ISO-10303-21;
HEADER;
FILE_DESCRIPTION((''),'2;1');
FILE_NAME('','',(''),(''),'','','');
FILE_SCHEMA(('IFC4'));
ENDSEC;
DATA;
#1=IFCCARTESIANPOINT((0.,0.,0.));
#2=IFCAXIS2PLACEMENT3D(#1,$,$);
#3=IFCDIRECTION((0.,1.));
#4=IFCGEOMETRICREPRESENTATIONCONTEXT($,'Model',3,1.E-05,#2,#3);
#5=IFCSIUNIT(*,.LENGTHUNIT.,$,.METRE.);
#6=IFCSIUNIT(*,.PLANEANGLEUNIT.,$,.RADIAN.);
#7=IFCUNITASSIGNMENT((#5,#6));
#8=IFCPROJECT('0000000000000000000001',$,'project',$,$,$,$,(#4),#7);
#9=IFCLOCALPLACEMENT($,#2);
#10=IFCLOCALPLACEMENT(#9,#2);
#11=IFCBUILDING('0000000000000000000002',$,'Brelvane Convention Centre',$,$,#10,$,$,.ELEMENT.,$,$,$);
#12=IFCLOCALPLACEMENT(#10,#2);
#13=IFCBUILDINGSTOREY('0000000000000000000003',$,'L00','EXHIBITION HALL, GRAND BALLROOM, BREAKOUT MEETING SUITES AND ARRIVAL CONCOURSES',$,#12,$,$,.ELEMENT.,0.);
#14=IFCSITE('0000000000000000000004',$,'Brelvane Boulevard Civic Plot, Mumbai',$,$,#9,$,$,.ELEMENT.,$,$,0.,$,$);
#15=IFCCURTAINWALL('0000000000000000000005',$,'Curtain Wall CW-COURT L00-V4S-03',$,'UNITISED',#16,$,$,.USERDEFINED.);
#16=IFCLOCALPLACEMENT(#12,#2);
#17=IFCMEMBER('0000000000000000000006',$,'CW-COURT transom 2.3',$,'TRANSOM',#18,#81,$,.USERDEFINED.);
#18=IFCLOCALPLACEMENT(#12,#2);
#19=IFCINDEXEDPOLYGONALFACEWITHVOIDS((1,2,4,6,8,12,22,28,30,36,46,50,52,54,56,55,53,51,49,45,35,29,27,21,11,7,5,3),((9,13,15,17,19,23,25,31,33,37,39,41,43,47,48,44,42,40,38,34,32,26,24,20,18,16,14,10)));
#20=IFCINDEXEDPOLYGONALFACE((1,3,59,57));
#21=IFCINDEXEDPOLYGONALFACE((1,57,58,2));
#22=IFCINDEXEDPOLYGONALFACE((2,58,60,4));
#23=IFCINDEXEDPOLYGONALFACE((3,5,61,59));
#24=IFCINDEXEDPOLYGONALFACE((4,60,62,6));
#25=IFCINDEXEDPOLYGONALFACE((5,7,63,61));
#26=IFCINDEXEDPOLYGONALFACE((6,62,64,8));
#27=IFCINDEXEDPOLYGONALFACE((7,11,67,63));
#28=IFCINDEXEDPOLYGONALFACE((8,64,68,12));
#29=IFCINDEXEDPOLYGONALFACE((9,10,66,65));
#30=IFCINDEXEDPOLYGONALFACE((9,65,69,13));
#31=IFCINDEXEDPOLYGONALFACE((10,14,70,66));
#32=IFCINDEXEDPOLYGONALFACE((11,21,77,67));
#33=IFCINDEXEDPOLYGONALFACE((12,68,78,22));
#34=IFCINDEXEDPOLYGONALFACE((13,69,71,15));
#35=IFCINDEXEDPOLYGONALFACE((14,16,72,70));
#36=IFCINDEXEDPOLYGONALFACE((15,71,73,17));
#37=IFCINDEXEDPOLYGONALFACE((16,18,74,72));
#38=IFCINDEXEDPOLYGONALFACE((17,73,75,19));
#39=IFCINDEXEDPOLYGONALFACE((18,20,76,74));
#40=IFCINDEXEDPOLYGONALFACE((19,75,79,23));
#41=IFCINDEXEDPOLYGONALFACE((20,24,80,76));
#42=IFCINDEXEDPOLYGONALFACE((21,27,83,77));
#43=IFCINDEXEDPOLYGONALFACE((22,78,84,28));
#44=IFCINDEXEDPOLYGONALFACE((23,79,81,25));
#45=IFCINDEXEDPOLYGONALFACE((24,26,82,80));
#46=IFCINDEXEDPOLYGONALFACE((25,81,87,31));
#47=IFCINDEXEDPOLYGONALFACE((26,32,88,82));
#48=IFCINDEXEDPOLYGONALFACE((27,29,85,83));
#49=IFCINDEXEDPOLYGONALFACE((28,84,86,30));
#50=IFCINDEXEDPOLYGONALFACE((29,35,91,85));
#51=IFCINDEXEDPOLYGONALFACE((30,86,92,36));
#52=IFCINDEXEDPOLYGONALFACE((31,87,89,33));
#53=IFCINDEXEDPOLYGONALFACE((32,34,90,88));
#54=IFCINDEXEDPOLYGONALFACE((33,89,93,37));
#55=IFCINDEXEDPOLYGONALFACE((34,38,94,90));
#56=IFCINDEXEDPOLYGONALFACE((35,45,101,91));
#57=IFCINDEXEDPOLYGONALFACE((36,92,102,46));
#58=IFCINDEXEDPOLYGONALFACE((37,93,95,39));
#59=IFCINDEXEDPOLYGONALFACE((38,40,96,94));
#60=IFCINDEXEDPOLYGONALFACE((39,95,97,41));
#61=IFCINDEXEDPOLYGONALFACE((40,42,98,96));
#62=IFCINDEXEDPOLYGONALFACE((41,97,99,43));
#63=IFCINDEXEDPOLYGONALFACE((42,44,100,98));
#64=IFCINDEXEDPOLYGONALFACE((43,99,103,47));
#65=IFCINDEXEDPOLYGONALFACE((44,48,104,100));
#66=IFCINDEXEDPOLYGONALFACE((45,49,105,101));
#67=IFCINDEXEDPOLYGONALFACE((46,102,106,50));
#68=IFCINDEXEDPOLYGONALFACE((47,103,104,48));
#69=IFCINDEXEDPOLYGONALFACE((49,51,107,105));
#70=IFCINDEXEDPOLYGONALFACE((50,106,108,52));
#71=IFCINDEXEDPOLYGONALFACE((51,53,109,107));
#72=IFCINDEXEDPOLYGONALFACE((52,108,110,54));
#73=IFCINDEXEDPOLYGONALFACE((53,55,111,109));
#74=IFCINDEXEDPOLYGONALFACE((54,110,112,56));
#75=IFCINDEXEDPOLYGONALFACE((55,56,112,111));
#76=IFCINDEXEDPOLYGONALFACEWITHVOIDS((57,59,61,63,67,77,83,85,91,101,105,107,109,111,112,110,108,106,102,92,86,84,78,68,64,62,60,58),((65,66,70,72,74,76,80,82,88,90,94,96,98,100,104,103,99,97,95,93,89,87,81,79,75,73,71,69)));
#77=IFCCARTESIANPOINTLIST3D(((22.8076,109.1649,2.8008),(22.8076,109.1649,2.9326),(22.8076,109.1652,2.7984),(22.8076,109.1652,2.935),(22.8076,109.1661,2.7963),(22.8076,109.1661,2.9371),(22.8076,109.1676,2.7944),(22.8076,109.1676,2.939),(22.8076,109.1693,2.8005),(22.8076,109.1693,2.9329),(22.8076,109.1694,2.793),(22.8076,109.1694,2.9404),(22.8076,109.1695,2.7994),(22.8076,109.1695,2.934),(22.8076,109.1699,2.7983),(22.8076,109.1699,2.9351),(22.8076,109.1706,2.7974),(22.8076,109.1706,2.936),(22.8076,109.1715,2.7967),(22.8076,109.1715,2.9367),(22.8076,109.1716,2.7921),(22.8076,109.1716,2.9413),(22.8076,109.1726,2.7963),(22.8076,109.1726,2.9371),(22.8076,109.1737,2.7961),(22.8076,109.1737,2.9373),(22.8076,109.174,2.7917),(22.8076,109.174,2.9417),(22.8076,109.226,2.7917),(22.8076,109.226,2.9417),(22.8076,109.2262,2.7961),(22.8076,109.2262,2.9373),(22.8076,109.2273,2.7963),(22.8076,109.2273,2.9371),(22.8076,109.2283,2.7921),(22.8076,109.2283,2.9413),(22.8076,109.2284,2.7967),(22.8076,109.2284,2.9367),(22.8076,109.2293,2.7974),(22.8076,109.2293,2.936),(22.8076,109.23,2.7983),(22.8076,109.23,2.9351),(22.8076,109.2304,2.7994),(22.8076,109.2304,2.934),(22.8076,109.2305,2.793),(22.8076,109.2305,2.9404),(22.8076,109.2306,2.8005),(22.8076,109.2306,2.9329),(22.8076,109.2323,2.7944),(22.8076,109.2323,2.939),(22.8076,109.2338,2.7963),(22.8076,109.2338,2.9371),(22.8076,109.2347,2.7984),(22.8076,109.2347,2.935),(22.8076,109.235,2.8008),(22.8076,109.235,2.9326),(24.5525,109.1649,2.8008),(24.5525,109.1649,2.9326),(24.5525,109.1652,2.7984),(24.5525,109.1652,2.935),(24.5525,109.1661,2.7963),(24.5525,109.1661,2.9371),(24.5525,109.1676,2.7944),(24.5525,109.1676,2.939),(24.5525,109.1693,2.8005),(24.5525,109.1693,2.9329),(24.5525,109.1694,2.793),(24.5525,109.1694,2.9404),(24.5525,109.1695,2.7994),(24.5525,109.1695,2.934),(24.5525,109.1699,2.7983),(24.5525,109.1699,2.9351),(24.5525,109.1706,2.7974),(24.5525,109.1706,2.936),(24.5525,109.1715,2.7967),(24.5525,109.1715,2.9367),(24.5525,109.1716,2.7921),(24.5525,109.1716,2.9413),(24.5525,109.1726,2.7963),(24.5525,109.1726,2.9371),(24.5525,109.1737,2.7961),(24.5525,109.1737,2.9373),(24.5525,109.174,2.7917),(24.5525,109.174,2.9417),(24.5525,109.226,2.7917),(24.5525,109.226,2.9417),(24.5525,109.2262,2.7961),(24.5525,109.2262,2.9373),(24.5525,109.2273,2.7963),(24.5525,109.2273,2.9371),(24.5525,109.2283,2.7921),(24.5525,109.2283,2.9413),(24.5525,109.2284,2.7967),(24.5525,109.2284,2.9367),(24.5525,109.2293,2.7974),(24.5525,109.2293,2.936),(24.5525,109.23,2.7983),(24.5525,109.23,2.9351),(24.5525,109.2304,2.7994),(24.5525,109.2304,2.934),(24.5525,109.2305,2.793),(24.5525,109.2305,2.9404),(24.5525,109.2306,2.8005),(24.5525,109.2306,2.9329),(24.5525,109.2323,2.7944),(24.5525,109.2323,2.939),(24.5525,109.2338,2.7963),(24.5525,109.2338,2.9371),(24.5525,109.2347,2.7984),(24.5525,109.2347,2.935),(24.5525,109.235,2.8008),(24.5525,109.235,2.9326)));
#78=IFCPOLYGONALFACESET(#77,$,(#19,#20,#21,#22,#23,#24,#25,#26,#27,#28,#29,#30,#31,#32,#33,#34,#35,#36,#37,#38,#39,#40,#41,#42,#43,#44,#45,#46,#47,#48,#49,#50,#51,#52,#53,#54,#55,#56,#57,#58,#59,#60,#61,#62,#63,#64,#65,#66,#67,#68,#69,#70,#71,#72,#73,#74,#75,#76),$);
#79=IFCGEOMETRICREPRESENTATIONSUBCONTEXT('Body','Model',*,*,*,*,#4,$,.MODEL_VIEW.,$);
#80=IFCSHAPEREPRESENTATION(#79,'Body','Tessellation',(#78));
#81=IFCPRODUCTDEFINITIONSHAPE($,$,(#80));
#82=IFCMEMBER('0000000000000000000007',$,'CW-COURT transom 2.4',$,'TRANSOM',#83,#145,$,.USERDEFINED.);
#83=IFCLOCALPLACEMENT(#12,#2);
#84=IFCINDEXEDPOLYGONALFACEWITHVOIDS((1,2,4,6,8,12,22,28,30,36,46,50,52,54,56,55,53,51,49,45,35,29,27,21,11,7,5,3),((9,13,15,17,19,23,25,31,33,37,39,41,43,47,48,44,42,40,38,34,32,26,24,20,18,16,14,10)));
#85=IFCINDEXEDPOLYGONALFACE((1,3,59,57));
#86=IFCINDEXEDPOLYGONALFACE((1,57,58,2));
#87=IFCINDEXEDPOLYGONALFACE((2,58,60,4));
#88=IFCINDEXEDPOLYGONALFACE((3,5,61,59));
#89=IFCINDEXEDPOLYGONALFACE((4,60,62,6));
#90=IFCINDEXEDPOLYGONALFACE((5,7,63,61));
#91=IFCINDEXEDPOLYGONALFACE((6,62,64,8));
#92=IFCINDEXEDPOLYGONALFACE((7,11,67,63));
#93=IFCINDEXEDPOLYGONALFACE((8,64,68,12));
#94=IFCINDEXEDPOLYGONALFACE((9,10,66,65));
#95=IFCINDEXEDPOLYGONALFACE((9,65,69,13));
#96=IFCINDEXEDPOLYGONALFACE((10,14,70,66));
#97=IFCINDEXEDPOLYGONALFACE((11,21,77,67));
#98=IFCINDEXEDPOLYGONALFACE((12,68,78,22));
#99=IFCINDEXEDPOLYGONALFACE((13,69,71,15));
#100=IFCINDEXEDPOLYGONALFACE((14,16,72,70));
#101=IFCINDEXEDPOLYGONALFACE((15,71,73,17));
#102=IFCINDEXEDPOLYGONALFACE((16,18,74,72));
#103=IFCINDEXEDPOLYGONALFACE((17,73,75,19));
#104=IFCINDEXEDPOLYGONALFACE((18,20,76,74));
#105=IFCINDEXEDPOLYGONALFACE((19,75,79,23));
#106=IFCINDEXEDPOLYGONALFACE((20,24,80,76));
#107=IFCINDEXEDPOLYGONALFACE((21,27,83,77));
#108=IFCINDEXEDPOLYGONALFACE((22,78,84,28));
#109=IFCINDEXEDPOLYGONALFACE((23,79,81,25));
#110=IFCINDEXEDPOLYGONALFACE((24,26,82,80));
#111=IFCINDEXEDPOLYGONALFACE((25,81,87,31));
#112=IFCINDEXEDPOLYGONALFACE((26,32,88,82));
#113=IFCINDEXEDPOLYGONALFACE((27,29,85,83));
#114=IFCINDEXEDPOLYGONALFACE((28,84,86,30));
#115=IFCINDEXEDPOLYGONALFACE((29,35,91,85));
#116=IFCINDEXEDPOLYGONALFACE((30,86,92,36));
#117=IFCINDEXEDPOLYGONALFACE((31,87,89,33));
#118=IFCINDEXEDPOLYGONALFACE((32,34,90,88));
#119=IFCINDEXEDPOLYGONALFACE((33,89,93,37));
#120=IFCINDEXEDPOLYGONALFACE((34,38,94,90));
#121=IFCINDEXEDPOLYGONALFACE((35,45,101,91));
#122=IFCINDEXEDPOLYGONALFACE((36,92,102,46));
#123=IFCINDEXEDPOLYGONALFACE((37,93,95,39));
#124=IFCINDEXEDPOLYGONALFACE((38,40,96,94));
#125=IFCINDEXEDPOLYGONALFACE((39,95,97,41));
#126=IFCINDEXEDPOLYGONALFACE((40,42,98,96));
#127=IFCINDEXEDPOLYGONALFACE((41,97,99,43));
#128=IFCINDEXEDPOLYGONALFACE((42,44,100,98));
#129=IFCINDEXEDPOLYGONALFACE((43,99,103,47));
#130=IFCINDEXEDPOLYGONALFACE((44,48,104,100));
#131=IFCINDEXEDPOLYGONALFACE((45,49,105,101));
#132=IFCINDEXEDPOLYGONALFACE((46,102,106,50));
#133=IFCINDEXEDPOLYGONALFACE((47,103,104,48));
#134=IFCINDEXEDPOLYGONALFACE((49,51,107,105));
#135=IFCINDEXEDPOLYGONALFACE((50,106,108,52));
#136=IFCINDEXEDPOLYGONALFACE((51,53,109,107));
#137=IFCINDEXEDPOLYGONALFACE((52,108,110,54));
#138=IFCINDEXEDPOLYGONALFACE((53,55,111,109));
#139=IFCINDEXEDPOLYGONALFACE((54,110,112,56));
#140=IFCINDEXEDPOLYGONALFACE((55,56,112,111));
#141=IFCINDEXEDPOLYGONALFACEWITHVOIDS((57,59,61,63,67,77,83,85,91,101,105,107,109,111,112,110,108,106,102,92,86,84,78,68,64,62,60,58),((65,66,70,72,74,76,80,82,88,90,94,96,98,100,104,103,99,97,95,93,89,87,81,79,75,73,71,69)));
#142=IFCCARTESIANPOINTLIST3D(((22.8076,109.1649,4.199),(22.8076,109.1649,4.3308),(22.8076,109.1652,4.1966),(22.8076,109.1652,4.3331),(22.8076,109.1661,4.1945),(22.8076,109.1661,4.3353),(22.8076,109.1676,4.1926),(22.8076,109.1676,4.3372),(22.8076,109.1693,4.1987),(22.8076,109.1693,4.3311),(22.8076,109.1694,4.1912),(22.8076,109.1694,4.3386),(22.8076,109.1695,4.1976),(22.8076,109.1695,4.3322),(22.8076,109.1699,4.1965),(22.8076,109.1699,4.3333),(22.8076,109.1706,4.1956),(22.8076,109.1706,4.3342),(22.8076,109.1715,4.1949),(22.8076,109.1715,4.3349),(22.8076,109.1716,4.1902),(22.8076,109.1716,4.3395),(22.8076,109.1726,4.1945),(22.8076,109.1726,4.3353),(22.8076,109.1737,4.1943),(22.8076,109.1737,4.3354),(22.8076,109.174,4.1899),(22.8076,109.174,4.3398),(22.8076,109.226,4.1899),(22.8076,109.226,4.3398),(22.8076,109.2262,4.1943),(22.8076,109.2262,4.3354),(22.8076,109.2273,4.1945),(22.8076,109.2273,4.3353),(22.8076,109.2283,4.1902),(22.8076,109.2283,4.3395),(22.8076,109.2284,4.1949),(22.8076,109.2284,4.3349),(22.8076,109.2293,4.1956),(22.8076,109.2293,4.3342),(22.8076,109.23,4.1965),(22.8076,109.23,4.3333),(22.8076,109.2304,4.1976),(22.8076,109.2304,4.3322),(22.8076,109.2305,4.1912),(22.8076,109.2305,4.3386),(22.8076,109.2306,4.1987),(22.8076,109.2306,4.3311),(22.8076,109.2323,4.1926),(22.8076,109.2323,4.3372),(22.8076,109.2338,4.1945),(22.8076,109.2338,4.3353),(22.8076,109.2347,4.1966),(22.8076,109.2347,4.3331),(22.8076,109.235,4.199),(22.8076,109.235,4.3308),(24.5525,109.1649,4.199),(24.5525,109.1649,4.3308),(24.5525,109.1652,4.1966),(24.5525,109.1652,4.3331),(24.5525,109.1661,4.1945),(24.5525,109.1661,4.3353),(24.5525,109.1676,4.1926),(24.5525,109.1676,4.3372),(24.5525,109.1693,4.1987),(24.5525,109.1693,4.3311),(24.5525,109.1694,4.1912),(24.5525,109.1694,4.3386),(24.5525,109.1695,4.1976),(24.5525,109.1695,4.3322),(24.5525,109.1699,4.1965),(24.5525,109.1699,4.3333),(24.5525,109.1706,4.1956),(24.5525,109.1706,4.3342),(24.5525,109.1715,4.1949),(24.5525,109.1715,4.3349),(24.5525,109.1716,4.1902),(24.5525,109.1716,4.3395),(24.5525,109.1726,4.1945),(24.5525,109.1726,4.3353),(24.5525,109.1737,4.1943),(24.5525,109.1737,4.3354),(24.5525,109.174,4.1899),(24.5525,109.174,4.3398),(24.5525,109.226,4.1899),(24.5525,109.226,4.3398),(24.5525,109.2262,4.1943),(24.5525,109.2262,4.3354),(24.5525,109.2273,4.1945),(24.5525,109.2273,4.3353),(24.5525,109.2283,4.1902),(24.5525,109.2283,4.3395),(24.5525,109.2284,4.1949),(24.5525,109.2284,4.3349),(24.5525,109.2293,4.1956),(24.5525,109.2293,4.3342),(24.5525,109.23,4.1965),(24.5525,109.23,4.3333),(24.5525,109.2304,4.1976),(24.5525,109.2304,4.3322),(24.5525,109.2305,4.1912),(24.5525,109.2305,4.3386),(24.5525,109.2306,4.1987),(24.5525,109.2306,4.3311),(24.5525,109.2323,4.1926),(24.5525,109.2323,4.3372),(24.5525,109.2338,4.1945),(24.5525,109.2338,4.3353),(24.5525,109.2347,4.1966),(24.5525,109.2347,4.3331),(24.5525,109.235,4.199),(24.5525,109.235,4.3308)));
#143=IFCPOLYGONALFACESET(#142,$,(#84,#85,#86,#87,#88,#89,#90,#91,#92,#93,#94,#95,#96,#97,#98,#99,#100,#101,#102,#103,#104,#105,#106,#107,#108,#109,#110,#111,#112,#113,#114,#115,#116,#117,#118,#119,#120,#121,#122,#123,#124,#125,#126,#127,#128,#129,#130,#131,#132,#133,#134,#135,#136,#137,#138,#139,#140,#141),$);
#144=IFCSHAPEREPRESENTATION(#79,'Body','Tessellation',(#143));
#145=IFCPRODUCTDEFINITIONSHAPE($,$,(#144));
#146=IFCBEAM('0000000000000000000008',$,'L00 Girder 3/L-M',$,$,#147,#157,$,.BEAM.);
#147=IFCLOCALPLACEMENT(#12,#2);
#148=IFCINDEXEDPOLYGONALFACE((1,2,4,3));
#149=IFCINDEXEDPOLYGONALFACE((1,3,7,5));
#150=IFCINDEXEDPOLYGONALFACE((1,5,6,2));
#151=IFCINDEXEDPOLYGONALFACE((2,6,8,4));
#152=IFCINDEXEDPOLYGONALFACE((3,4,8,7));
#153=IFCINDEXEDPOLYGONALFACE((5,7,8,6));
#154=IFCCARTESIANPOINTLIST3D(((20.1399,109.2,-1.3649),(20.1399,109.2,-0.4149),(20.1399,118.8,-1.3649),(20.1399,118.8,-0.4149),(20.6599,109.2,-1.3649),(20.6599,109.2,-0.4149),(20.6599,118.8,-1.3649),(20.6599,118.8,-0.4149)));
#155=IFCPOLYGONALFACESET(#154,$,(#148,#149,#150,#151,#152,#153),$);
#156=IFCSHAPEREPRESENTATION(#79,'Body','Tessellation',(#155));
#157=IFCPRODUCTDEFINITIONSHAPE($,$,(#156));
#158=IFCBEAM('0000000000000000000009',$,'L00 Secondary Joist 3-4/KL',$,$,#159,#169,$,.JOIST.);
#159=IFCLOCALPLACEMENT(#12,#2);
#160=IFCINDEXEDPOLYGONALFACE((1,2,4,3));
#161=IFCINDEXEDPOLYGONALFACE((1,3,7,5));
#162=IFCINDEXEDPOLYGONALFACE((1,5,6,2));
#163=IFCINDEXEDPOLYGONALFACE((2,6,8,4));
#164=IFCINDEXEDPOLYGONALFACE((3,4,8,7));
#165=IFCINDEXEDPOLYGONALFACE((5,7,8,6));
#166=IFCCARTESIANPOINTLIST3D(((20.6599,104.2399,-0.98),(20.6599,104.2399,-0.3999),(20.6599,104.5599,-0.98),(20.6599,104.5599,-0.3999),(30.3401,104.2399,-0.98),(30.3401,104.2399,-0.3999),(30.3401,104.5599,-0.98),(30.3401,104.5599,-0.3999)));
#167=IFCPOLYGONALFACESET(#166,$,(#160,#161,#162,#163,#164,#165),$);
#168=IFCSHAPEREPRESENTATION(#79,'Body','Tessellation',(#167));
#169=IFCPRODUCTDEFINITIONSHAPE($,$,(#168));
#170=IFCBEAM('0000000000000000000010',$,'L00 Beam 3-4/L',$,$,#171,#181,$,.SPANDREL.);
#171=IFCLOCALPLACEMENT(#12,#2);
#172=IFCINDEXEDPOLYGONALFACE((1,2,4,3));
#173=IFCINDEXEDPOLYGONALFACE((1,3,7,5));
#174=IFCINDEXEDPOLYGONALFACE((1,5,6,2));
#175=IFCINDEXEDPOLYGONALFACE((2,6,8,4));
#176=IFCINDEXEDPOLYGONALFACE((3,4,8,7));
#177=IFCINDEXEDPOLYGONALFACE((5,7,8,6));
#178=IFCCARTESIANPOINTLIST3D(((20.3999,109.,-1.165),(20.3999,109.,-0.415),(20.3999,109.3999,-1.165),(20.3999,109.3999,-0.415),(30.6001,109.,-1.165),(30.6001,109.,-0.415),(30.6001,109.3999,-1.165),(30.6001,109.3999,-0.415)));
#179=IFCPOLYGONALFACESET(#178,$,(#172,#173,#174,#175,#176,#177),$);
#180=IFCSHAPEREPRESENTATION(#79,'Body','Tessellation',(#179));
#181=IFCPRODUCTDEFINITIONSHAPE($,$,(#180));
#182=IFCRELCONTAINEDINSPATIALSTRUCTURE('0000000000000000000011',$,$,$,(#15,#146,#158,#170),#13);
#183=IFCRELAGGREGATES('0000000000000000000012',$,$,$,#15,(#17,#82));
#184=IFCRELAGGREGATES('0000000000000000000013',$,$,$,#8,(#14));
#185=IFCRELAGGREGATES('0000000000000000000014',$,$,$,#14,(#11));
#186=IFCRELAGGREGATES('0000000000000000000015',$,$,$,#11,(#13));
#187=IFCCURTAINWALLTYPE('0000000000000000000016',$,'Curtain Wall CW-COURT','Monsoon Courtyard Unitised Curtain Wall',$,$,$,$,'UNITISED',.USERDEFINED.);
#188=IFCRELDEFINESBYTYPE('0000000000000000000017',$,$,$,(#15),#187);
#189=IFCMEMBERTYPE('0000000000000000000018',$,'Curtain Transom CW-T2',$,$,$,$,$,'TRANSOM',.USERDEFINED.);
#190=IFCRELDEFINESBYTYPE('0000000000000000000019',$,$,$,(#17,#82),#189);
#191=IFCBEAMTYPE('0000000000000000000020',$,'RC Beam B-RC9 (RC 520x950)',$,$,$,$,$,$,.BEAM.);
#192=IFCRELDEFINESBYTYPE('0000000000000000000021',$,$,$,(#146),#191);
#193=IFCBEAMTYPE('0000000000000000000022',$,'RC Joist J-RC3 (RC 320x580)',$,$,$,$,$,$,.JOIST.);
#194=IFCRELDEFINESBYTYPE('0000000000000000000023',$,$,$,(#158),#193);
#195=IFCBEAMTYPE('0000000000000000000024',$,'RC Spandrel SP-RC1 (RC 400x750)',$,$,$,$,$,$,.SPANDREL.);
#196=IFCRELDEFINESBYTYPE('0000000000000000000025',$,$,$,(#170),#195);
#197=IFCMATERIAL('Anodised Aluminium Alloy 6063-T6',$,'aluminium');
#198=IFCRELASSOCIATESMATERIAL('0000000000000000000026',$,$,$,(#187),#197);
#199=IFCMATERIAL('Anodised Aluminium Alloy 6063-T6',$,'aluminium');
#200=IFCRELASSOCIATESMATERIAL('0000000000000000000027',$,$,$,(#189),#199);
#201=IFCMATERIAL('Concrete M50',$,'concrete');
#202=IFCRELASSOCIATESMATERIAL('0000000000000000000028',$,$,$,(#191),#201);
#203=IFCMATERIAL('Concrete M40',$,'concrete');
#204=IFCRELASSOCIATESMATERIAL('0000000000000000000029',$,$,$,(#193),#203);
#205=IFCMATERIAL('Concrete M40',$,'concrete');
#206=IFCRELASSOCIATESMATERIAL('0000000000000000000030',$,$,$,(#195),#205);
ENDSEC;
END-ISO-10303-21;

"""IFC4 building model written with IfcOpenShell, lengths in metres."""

from ifc_helpers import new_model, si_unit, direction, frame, origin, origin_2d, place, context, subcontext, project, spatial, rectangle, hollow_rectangle, extrude, material, material_profile, profile_set, type_object, element, aggregate, save


model = new_model("IFC4")

# Units and contexts
model_context = context("Model", 3, precision=1e-05, world=origin(), true_north=direction((0.0, 1.0)))
body_context = subcontext(model_context, "Body", "Model", "MODEL_VIEW")
ifc_project = project(units=[si_unit("LENGTHUNIT", "METRE"), si_unit("PLANEANGLEUNIT", "RADIAN")], contexts=[model_context])

# Site, building, storey
site_placement = place(None, origin())
site = spatial("IfcSite", under=ifc_project, at=site_placement, Name="Brelvane Boulevard Civic Plot, Mumbai", CompositionType="ELEMENT", RefElevation=0.0)
building_placement = place(site_placement, origin())
building = spatial("IfcBuilding", under=site, at=building_placement, Name="Brelvane Convention Centre", CompositionType="ELEMENT")
storey_placement = place(building_placement, origin())
storey = spatial("IfcBuildingStorey", under=building, at=storey_placement, Name="L00", Description="EXHIBITION HALL, GRAND BALLROOM, BREAKOUT MEETING SUITES AND ARRIVAL CONCOURSES", CompositionType="ELEMENT", Elevation=0.0)

# Curtain wall, members
ifc_material_1 = material(Name="Anodised Aluminium Alloy 6063-T6", Category="aluminium")
curtain_wall_type = type_object("IfcCurtainWallType", Name="Curtain Wall CW-COURT", Description="Monsoon Courtyard Unitised Curtain Wall", ElementType="UNITISED", PredefinedType="USERDEFINED", material=ifc_material_1)
curtain_wall_placement = place(storey_placement, origin())
curtain_wall = element("IfcCurtainWall", 1, at=curtain_wall_placement, inside=storey, type_object=curtain_wall_type, Name="Curtain Wall CW-COURT L00-V4S-03", ObjectType="UNITISED", PredefinedType="USERDEFINED")
ifc_material_2 = material(Name="Anodised Aluminium Alloy 6063-T6", Category="aluminium")
ifc_material_profile_1 = material_profile(ifc_material_2, hollow_rectangle(XDim=0.0701, YDim=0.1499, WallThickness=0.0044, InnerFilletRadius=0.0044, OuterFilletRadius=0.009, at=origin_2d()), Name="ALU-T 150x70x4.5")
ifc_profile_set_1 = profile_set([ifc_material_profile_1], Name="Anodised Aluminium Alloy 6063-T6")
member_type_1 = type_object("IfcMemberType", Name="Curtain Transom CW-T2", ElementType="TRANSOM", PredefinedType="USERDEFINED", material=ifc_profile_set_1)
member_1_placement = place(storey_placement, frame((22.8076, 109.2, 2.8667), z_axis=(1.0, 0.0, 0.0), x_axis=(0.0, 1.0, 0.0)))
member_1 = element("IfcMember", 2, at=member_1_placement, type_object=member_type_1, Name="CW-COURT transom 2.3", ObjectType="TRANSOM", PredefinedType="USERDEFINED", context=body_context, shape_type="SweptSolid", body=[
    extrude(hollow_rectangle(XDim=0.0701, YDim=0.1499, WallThickness=0.0044, InnerFilletRadius=0.0044, OuterFilletRadius=0.009, at=origin_2d()), origin(), (0.0, 0.0, 1.0), 1.7449),
])
member_2_placement = place(storey_placement, frame((22.8076, 109.2, 4.2649), z_axis=(1.0, 0.0, 0.0), x_axis=(0.0, 1.0, 0.0)))
member_2 = element("IfcMember", 3, at=member_2_placement, type_object=member_type_1, Name="CW-COURT transom 2.4", ObjectType="TRANSOM", PredefinedType="USERDEFINED", context=body_context, shape_type="SweptSolid", body=[
    extrude(hollow_rectangle(XDim=0.0701, YDim=0.1499, WallThickness=0.0044, InnerFilletRadius=0.0044, OuterFilletRadius=0.009, at=origin_2d()), origin(), (0.0, 0.0, 1.0), 1.7449),
])

# Beams
ifc_material_3 = material(Name="Concrete M50", Category="concrete")
ifc_material_profile_2 = material_profile(ifc_material_3, rectangle(XDim=0.52, YDim=0.95, at=origin_2d()), Name="RC 520x950")
ifc_profile_set_2 = profile_set([ifc_material_profile_2], Name="Concrete M50")
beam_type_1 = type_object("IfcBeamType", Name="RC Beam B-RC9 (RC 520x950)", PredefinedType="BEAM", material=ifc_profile_set_2)
beam_1_placement = place(storey_placement, frame((20.3999, 109.2, -0.8899), z_axis=(0.0, 1.0, 0.0), x_axis=(-1.0, 0.0, 0.0)))
element("IfcBeam", 4, at=beam_1_placement, inside=storey, type_object=beam_type_1, Name="L00 Girder 3/L-M", PredefinedType="BEAM", context=body_context, shape_type="SweptSolid", body=[
    extrude(rectangle(XDim=0.52, YDim=0.95, at=origin_2d()), origin(), (0.0, 0.0, 1.0), 9.6001),
])
ifc_material_4 = material(Name="Concrete M40", Category="concrete")
ifc_material_profile_3 = material_profile(ifc_material_4, rectangle(XDim=0.3201, YDim=0.5801, at=origin_2d()), Name="RC 320x580")
ifc_profile_set_3 = profile_set([ifc_material_profile_3], Name="Concrete M40")
beam_type_2 = type_object("IfcBeamType", Name="RC Joist J-RC3 (RC 320x580)", PredefinedType="JOIST", material=ifc_profile_set_3)
beam_2_placement = place(storey_placement, frame((20.6599, 104.3999, -0.6899), z_axis=(1.0, 0.0, 0.0), x_axis=(0.0, 1.0, 0.0)))
element("IfcBeam", 5, at=beam_2_placement, inside=storey, type_object=beam_type_2, Name="L00 Secondary Joist 3-4/KL", PredefinedType="JOIST", context=body_context, shape_type="SweptSolid", body=[
    extrude(rectangle(XDim=0.3201, YDim=0.5801, at=origin_2d()), origin(), (0.0, 0.0, 1.0), 9.6802),
])
ifc_material_5 = material(Name="Concrete M40", Category="concrete")
ifc_material_profile_4 = material_profile(ifc_material_5, rectangle(XDim=0.3999, YDim=0.75, at=origin_2d()), Name="RC 400x750")
ifc_profile_set_4 = profile_set([ifc_material_profile_4], Name="Concrete M40")
beam_type_3 = type_object("IfcBeamType", Name="RC Spandrel SP-RC1 (RC 400x750)", PredefinedType="SPANDREL", material=ifc_profile_set_4)
beam_3_placement = place(storey_placement, frame((20.3999, 109.2, -0.79), z_axis=(1.0, 0.0, 0.0), x_axis=(0.0, 1.0, 0.0)))
element("IfcBeam", 6, at=beam_3_placement, inside=storey, type_object=beam_type_3, Name="L00 Beam 3-4/L", PredefinedType="SPANDREL", context=body_context, shape_type="SweptSolid", body=[
    extrude(rectangle(XDim=0.3999, YDim=0.75, at=origin_2d()), origin(), (0.0, 0.0, 1.0), 10.2002),
])

aggregate(curtain_wall, [member_1, member_2])

save(model, "model.ifc")
